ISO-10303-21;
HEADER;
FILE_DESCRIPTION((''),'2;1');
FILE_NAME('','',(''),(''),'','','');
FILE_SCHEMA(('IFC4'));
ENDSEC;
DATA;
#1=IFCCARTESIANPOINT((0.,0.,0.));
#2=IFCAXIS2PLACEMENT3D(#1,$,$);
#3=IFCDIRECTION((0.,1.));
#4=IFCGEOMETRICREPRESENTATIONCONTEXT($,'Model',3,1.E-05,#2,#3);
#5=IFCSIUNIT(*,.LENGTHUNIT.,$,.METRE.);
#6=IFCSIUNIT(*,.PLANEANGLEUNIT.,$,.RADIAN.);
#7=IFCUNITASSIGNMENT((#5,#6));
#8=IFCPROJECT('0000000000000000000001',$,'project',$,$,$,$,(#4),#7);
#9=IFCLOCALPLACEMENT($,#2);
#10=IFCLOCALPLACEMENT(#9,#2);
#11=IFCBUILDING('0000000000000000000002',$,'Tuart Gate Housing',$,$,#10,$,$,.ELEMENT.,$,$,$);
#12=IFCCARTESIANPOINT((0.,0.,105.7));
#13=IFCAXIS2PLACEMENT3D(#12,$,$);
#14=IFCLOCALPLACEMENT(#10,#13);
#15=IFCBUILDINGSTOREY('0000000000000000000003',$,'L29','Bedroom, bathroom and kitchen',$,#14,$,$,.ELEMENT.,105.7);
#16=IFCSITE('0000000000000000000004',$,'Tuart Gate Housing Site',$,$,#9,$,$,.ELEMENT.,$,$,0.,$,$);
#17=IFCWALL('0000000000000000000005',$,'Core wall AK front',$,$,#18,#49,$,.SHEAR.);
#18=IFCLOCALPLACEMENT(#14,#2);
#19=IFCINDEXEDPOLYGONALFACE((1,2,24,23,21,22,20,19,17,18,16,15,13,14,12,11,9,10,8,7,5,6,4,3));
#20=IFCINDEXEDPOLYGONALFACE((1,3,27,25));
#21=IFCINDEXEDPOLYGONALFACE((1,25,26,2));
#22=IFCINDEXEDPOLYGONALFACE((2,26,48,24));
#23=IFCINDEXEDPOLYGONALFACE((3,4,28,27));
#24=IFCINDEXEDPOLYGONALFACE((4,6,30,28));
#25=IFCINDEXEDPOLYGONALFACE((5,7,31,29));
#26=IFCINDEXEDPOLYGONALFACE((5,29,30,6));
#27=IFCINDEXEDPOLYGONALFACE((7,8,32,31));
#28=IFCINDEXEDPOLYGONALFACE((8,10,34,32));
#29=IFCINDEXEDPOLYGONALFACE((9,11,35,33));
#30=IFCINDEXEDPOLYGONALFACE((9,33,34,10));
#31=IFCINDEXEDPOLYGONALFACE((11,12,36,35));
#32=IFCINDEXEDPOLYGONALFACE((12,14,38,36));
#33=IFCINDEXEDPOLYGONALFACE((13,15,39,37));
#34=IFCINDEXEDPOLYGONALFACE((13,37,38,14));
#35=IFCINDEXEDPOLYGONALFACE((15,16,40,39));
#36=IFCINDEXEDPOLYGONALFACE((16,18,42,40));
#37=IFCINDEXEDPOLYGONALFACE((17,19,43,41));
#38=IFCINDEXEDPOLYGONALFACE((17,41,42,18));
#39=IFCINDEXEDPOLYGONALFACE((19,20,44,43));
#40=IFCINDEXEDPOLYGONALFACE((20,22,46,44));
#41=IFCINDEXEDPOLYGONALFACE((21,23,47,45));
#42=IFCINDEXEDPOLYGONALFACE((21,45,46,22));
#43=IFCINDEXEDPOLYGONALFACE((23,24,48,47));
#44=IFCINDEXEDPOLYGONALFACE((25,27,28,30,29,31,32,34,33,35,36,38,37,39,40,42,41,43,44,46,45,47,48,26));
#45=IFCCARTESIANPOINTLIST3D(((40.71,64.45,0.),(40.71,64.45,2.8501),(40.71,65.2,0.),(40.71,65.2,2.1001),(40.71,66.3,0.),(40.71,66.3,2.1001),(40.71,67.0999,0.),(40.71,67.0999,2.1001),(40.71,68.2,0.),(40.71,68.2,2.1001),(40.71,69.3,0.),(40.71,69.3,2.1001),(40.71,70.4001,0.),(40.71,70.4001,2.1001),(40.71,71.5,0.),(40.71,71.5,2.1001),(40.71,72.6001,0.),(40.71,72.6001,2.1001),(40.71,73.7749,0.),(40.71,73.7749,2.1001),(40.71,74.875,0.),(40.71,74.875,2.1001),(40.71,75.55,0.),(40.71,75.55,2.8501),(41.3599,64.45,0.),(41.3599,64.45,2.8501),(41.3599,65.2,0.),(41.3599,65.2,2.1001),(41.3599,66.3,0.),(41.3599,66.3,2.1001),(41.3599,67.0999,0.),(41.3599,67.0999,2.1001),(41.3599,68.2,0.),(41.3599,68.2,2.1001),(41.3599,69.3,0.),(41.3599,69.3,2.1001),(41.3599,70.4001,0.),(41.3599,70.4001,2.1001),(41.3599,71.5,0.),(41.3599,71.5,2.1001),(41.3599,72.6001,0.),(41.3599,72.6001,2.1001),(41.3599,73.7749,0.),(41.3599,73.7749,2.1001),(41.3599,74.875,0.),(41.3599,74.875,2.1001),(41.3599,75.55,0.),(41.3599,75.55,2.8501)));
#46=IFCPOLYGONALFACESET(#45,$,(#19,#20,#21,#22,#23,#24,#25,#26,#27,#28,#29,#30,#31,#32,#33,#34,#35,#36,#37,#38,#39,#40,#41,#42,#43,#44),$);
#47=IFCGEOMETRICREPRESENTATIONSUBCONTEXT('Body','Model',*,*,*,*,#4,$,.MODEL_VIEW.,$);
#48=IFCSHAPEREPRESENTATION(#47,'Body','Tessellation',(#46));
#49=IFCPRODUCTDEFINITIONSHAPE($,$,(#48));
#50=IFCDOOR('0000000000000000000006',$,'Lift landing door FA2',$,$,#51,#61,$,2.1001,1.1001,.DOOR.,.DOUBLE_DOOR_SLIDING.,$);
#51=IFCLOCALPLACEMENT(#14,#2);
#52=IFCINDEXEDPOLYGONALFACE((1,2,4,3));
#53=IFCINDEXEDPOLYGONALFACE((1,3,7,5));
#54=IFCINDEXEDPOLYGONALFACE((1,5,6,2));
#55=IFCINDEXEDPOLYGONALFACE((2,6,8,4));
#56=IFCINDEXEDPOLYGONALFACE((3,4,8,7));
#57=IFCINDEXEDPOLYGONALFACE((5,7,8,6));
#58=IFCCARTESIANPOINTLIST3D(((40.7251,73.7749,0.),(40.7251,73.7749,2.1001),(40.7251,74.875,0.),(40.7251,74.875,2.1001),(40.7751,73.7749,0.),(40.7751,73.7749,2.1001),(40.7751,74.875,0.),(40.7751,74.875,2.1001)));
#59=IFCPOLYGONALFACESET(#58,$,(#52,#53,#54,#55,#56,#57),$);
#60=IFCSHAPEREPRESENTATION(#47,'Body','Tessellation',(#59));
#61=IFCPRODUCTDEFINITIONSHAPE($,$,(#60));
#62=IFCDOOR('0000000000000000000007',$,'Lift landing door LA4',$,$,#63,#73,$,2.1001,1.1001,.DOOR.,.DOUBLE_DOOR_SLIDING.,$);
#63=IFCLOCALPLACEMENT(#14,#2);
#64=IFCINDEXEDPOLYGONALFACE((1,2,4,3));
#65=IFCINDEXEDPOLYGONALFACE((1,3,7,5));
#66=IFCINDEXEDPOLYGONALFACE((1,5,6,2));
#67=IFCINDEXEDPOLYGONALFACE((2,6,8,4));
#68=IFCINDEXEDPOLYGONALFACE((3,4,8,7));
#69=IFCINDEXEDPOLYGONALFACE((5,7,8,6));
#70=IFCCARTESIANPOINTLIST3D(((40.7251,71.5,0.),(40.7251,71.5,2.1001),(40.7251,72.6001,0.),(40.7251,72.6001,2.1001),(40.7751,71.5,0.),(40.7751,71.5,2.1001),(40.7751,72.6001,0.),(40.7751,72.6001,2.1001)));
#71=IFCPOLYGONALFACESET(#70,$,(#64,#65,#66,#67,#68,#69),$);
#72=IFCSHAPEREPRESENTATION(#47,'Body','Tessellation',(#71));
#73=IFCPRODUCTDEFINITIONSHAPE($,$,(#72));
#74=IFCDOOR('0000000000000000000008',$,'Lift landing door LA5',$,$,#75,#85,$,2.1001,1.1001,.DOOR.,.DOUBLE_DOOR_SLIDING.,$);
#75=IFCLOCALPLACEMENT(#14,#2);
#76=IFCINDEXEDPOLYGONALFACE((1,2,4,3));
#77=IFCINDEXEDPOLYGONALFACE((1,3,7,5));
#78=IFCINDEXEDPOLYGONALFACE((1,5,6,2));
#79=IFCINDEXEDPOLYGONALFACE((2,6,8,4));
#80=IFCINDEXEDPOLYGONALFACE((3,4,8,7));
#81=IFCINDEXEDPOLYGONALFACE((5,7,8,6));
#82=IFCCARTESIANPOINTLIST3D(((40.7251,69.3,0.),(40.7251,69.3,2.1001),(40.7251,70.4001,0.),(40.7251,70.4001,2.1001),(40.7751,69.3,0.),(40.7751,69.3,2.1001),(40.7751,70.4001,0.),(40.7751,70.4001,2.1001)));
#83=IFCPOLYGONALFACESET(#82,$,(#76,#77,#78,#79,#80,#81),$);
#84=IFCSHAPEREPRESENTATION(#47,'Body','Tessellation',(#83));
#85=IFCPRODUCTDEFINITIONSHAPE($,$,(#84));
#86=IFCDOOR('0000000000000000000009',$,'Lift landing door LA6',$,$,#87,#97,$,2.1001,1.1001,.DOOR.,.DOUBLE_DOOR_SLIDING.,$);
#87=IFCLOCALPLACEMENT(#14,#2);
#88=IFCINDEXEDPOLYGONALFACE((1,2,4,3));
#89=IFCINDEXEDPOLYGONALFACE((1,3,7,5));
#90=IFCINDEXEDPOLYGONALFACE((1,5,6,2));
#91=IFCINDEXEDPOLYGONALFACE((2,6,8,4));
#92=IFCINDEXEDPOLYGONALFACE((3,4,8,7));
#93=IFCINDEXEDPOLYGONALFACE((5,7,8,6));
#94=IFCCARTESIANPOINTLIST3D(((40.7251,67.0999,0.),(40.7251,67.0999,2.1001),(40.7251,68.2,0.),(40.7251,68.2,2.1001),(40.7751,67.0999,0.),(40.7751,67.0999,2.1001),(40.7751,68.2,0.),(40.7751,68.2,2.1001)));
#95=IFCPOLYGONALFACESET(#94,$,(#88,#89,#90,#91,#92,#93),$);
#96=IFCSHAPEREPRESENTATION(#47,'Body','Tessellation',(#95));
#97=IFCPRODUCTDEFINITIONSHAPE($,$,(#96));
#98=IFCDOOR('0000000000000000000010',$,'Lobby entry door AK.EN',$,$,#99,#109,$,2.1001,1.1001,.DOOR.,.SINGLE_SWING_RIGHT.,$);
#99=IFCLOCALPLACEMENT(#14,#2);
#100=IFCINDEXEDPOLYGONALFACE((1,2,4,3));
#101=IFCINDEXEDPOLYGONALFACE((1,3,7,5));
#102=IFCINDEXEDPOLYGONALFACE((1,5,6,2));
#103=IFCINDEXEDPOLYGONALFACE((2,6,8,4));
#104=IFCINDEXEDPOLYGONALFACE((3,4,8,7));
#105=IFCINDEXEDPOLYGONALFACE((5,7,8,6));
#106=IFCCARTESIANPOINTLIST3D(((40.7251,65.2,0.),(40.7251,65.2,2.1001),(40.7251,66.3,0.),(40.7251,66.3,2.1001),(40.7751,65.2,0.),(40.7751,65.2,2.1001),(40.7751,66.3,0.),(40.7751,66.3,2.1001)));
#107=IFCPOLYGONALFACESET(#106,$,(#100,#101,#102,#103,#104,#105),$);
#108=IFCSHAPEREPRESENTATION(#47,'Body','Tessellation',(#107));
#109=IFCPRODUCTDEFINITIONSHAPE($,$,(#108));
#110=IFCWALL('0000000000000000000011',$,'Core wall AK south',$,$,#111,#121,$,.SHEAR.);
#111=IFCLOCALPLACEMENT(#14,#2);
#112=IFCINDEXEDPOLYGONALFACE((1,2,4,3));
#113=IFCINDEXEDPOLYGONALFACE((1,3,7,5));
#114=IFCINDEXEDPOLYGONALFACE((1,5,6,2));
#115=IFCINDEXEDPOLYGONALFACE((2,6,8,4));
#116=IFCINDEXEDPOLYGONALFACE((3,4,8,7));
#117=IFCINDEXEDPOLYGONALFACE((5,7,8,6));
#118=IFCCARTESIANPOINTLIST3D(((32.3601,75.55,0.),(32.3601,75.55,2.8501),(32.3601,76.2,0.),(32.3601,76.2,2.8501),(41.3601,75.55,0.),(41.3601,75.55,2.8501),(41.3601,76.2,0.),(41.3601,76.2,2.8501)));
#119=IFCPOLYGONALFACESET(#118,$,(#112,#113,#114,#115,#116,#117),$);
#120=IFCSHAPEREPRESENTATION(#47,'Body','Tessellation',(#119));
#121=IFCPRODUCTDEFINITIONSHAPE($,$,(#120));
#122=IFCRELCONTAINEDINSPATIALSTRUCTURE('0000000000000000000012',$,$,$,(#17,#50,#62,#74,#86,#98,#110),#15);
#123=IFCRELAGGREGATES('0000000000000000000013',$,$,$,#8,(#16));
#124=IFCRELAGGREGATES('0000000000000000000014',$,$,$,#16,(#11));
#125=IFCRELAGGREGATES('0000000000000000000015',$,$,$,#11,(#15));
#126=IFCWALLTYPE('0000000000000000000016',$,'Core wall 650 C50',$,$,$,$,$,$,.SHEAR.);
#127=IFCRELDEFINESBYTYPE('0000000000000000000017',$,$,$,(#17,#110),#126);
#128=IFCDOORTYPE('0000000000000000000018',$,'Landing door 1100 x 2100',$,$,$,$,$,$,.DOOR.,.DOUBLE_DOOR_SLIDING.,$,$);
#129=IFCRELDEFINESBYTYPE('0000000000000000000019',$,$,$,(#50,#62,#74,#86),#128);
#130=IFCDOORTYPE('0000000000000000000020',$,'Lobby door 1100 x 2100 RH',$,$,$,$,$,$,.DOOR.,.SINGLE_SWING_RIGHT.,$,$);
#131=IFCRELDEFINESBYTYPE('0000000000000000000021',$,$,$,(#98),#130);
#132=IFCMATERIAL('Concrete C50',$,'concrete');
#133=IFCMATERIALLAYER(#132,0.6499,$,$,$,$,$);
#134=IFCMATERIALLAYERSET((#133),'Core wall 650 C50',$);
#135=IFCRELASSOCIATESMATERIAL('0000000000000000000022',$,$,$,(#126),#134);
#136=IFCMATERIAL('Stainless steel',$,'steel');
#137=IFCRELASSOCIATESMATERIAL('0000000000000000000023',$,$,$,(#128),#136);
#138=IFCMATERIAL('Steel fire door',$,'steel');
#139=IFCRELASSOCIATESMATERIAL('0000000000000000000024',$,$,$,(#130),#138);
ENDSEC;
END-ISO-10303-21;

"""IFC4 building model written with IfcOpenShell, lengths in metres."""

from ifc_helpers import new_model, si_unit, direction, frame, frame_2d, origin, place, context, subcontext, project, spatial, rectangle, extrude, material, layer, layer_set, type_object, element, fill, save


model = new_model("IFC4")

# Units and contexts
model_context = context("Model", 3, precision=1e-05, world=origin(), true_north=direction((0.0, 1.0)))
body_context = subcontext(model_context, "Body", "Model", "MODEL_VIEW")
ifc_project = project(units=[si_unit("LENGTHUNIT", "METRE"), si_unit("PLANEANGLEUNIT", "RADIAN")], contexts=[model_context])

# Site, building, storey
site_placement = place(None, origin())
site = spatial("IfcSite", under=ifc_project, at=site_placement, Name="Tuart Gate Housing Site", CompositionType="ELEMENT", RefElevation=0.0)
building_placement = place(site_placement, origin())
building = spatial("IfcBuilding", under=site, at=building_placement, Name="Tuart Gate Housing", CompositionType="ELEMENT")
storey_placement = place(building_placement, frame((0.0, 0.0, 105.7)))
storey = spatial("IfcBuildingStorey", under=building, at=storey_placement, Name="L29", Description="Bedroom, bathroom and kitchen", CompositionType="ELEMENT", Elevation=105.7)

# Wall, openings, doors
ifc_material_1 = material(Name="Concrete C50", Category="concrete")
ifc_layer_1 = layer(ifc_material_1, 0.6499)
ifc_layer_set_1 = layer_set([ifc_layer_1], Name="Core wall 650 C50")
wall_type_1 = type_object("IfcWallType", Name="Core wall 650 C50", PredefinedType="SHEAR", material=ifc_layer_set_1)
wall_1_placement = place(storey_placement, frame((41.0349, 75.55, 0.0), z_axis=(0.0, 0.0, 1.0), x_axis=(0.0, -1.0, 0.0)))
wall_1 = element("IfcWall", 1, at=wall_1_placement, inside=storey, type_object=wall_type_1, Name="Core wall AK front", PredefinedType="SHEAR", context=body_context, shape_type="SweptSolid", body=[
    extrude(rectangle(XDim=11.1001, YDim=0.6499, at=frame_2d((5.55, 0.0))), origin(), (0.0, 0.0, 1.0), 2.8501),
])
opening_1_placement = place(wall_1_placement, frame((0.675, 0.0, 0.0)))
opening_1 = element("IfcOpeningElement", 2, at=opening_1_placement, cuts=wall_1, PredefinedType="OPENING", context=body_context, shape_type="SweptSolid", body=[
    extrude(rectangle(XDim=1.1001, YDim=2.1001, at=frame_2d((0.55, 1.05))), frame((0.0, 0.335, 0.0), z_axis=(0.0, -1.0, 0.0), x_axis=(1.0, 0.0, 0.0)), (0.0, 0.0, 1.0), 0.6699),
])
opening_2_placement = place(wall_1_placement, frame((2.95, 0.0, 0.0)))
opening_2 = element("IfcOpeningElement", 3, at=opening_2_placement, cuts=wall_1, PredefinedType="OPENING", context=body_context, shape_type="SweptSolid", body=[
    extrude(rectangle(XDim=1.1001, YDim=2.1001, at=frame_2d((0.55, 1.05))), frame((0.0, 0.335, 0.0), z_axis=(0.0, -1.0, 0.0), x_axis=(1.0, 0.0, 0.0)), (0.0, 0.0, 1.0), 0.6699),
])
opening_3_placement = place(wall_1_placement, frame((5.1499, 0.0, 0.0)))
opening_3 = element("IfcOpeningElement", 4, at=opening_3_placement, cuts=wall_1, PredefinedType="OPENING", context=body_context, shape_type="SweptSolid", body=[
    extrude(rectangle(XDim=1.1001, YDim=2.1001, at=frame_2d((0.55, 1.05))), frame((0.0, 0.335, 0.0), z_axis=(0.0, -1.0, 0.0), x_axis=(1.0, 0.0, 0.0)), (0.0, 0.0, 1.0), 0.6699),
])
opening_4_placement = place(wall_1_placement, frame((7.3501, 0.0, 0.0)))
opening_4 = element("IfcOpeningElement", 5, at=opening_4_placement, cuts=wall_1, PredefinedType="OPENING", context=body_context, shape_type="SweptSolid", body=[
    extrude(rectangle(XDim=1.1001, YDim=2.1001, at=frame_2d((0.55, 1.05))), frame((0.0, 0.335, 0.0), z_axis=(0.0, -1.0, 0.0), x_axis=(1.0, 0.0, 0.0)), (0.0, 0.0, 1.0), 0.6699),
])
opening_5_placement = place(wall_1_placement, frame((9.25, 0.0, 0.0)))
opening_5 = element("IfcOpeningElement", 6, at=opening_5_placement, cuts=wall_1, PredefinedType="OPENING", context=body_context, shape_type="SweptSolid", body=[
    extrude(rectangle(XDim=1.1001, YDim=2.1001, at=frame_2d((0.55, 1.05))), frame((0.0, 0.335, 0.0), z_axis=(0.0, -1.0, 0.0), x_axis=(1.0, 0.0, 0.0)), (0.0, 0.0, 1.0), 0.6699),
])
ifc_material_2 = material(Name="Stainless steel", Category="steel")
door_type_1 = type_object("IfcDoorType", Name="Landing door 1100 x 2100", OperationType="DOUBLE_DOOR_SLIDING", PredefinedType="DOOR", material=ifc_material_2)
door_1_placement = place(opening_1_placement, origin())
door_1 = element("IfcDoor", 7, at=door_1_placement, inside=storey, type_object=door_type_1, Name="Lift landing door FA2", OperationType="DOUBLE_DOOR_SLIDING", OverallHeight=2.1001, OverallWidth=1.1001, PredefinedType="DOOR", context=body_context, shape_type="SweptSolid", body=[
    extrude(rectangle(XDim=1.1001, YDim=2.1001, at=frame_2d((0.55, 1.05))), frame((0.0, -0.2598, 0.0), z_axis=(0.0, -1.0, 0.0), x_axis=(1.0, 0.0, 0.0)), (0.0, 0.0, 1.0), 0.05),
])
fill(opening_1, door_1)
door_2_placement = place(opening_2_placement, origin())
door_2 = element("IfcDoor", 8, at=door_2_placement, inside=storey, type_object=door_type_1, Name="Lift landing door LA4", OperationType="DOUBLE_DOOR_SLIDING", OverallHeight=2.1001, OverallWidth=1.1001, PredefinedType="DOOR", context=body_context, shape_type="SweptSolid", body=[
    extrude(rectangle(XDim=1.1001, YDim=2.1001, at=frame_2d((0.55, 1.05))), frame((0.0, -0.2598, 0.0), z_axis=(0.0, -1.0, 0.0), x_axis=(1.0, 0.0, 0.0)), (0.0, 0.0, 1.0), 0.05),
])
fill(opening_2, door_2)
door_3_placement = place(opening_3_placement, origin())
door_3 = element("IfcDoor", 9, at=door_3_placement, inside=storey, type_object=door_type_1, Name="Lift landing door LA5", OperationType="DOUBLE_DOOR_SLIDING", OverallHeight=2.1001, OverallWidth=1.1001, PredefinedType="DOOR", context=body_context, shape_type="SweptSolid", body=[
    extrude(rectangle(XDim=1.1001, YDim=2.1001, at=frame_2d((0.55, 1.05))), frame((0.0, -0.2598, 0.0), z_axis=(0.0, -1.0, 0.0), x_axis=(1.0, 0.0, 0.0)), (0.0, 0.0, 1.0), 0.05),
])
fill(opening_3, door_3)
door_4_placement = place(opening_4_placement, origin())
door_4 = element("IfcDoor", 10, at=door_4_placement, inside=storey, type_object=door_type_1, Name="Lift landing door LA6", OperationType="DOUBLE_DOOR_SLIDING", OverallHeight=2.1001, OverallWidth=1.1001, PredefinedType="DOOR", context=body_context, shape_type="SweptSolid", body=[
    extrude(rectangle(XDim=1.1001, YDim=2.1001, at=frame_2d((0.55, 1.05))), frame((0.0, -0.2598, 0.0), z_axis=(0.0, -1.0, 0.0), x_axis=(1.0, 0.0, 0.0)), (0.0, 0.0, 1.0), 0.05),
])
fill(opening_4, door_4)
ifc_material_3 = material(Name="Steel fire door", Category="steel")
door_type_2 = type_object("IfcDoorType", Name="Lobby door 1100 x 2100 RH", OperationType="SINGLE_SWING_RIGHT", PredefinedType="DOOR", material=ifc_material_3)
door_5_placement = place(opening_5_placement, frame((1.1001, 0.0, 0.0), z_axis=(0.0, 0.0, 1.0), x_axis=(-1.0, 0.0, 0.0)))
door_5 = element("IfcDoor", 11, at=door_5_placement, inside=storey, type_object=door_type_2, Name="Lobby entry door AK.EN", OperationType="SINGLE_SWING_RIGHT", OverallHeight=2.1001, OverallWidth=1.1001, PredefinedType="DOOR", context=body_context, shape_type="SweptSolid", body=[
    extrude(rectangle(XDim=1.1001, YDim=2.1001, at=frame_2d((0.55, 1.05))), frame((0.0, 0.3098, 0.0), z_axis=(0.0, -1.0, 0.0), x_axis=(1.0, 0.0, 0.0)), (0.0, 0.0, 1.0), 0.05),
])
fill(opening_5, door_5)

# Wall
wall_2_placement = place(storey_placement, frame((41.3601, 75.875, 0.0), z_axis=(0.0, 0.0, 1.0), x_axis=(-1.0, 0.0, 0.0)))
element("IfcWall", 12, at=wall_2_placement, inside=storey, type_object=wall_type_1, Name="Core wall AK south", PredefinedType="SHEAR", context=body_context, shape_type="SweptSolid", body=[
    extrude(rectangle(XDim=9.0, YDim=0.6499, at=frame_2d((4.5, 0.0))), origin(), (0.0, 0.0, 1.0), 2.8501),
])

save(model, "model.ifc")
